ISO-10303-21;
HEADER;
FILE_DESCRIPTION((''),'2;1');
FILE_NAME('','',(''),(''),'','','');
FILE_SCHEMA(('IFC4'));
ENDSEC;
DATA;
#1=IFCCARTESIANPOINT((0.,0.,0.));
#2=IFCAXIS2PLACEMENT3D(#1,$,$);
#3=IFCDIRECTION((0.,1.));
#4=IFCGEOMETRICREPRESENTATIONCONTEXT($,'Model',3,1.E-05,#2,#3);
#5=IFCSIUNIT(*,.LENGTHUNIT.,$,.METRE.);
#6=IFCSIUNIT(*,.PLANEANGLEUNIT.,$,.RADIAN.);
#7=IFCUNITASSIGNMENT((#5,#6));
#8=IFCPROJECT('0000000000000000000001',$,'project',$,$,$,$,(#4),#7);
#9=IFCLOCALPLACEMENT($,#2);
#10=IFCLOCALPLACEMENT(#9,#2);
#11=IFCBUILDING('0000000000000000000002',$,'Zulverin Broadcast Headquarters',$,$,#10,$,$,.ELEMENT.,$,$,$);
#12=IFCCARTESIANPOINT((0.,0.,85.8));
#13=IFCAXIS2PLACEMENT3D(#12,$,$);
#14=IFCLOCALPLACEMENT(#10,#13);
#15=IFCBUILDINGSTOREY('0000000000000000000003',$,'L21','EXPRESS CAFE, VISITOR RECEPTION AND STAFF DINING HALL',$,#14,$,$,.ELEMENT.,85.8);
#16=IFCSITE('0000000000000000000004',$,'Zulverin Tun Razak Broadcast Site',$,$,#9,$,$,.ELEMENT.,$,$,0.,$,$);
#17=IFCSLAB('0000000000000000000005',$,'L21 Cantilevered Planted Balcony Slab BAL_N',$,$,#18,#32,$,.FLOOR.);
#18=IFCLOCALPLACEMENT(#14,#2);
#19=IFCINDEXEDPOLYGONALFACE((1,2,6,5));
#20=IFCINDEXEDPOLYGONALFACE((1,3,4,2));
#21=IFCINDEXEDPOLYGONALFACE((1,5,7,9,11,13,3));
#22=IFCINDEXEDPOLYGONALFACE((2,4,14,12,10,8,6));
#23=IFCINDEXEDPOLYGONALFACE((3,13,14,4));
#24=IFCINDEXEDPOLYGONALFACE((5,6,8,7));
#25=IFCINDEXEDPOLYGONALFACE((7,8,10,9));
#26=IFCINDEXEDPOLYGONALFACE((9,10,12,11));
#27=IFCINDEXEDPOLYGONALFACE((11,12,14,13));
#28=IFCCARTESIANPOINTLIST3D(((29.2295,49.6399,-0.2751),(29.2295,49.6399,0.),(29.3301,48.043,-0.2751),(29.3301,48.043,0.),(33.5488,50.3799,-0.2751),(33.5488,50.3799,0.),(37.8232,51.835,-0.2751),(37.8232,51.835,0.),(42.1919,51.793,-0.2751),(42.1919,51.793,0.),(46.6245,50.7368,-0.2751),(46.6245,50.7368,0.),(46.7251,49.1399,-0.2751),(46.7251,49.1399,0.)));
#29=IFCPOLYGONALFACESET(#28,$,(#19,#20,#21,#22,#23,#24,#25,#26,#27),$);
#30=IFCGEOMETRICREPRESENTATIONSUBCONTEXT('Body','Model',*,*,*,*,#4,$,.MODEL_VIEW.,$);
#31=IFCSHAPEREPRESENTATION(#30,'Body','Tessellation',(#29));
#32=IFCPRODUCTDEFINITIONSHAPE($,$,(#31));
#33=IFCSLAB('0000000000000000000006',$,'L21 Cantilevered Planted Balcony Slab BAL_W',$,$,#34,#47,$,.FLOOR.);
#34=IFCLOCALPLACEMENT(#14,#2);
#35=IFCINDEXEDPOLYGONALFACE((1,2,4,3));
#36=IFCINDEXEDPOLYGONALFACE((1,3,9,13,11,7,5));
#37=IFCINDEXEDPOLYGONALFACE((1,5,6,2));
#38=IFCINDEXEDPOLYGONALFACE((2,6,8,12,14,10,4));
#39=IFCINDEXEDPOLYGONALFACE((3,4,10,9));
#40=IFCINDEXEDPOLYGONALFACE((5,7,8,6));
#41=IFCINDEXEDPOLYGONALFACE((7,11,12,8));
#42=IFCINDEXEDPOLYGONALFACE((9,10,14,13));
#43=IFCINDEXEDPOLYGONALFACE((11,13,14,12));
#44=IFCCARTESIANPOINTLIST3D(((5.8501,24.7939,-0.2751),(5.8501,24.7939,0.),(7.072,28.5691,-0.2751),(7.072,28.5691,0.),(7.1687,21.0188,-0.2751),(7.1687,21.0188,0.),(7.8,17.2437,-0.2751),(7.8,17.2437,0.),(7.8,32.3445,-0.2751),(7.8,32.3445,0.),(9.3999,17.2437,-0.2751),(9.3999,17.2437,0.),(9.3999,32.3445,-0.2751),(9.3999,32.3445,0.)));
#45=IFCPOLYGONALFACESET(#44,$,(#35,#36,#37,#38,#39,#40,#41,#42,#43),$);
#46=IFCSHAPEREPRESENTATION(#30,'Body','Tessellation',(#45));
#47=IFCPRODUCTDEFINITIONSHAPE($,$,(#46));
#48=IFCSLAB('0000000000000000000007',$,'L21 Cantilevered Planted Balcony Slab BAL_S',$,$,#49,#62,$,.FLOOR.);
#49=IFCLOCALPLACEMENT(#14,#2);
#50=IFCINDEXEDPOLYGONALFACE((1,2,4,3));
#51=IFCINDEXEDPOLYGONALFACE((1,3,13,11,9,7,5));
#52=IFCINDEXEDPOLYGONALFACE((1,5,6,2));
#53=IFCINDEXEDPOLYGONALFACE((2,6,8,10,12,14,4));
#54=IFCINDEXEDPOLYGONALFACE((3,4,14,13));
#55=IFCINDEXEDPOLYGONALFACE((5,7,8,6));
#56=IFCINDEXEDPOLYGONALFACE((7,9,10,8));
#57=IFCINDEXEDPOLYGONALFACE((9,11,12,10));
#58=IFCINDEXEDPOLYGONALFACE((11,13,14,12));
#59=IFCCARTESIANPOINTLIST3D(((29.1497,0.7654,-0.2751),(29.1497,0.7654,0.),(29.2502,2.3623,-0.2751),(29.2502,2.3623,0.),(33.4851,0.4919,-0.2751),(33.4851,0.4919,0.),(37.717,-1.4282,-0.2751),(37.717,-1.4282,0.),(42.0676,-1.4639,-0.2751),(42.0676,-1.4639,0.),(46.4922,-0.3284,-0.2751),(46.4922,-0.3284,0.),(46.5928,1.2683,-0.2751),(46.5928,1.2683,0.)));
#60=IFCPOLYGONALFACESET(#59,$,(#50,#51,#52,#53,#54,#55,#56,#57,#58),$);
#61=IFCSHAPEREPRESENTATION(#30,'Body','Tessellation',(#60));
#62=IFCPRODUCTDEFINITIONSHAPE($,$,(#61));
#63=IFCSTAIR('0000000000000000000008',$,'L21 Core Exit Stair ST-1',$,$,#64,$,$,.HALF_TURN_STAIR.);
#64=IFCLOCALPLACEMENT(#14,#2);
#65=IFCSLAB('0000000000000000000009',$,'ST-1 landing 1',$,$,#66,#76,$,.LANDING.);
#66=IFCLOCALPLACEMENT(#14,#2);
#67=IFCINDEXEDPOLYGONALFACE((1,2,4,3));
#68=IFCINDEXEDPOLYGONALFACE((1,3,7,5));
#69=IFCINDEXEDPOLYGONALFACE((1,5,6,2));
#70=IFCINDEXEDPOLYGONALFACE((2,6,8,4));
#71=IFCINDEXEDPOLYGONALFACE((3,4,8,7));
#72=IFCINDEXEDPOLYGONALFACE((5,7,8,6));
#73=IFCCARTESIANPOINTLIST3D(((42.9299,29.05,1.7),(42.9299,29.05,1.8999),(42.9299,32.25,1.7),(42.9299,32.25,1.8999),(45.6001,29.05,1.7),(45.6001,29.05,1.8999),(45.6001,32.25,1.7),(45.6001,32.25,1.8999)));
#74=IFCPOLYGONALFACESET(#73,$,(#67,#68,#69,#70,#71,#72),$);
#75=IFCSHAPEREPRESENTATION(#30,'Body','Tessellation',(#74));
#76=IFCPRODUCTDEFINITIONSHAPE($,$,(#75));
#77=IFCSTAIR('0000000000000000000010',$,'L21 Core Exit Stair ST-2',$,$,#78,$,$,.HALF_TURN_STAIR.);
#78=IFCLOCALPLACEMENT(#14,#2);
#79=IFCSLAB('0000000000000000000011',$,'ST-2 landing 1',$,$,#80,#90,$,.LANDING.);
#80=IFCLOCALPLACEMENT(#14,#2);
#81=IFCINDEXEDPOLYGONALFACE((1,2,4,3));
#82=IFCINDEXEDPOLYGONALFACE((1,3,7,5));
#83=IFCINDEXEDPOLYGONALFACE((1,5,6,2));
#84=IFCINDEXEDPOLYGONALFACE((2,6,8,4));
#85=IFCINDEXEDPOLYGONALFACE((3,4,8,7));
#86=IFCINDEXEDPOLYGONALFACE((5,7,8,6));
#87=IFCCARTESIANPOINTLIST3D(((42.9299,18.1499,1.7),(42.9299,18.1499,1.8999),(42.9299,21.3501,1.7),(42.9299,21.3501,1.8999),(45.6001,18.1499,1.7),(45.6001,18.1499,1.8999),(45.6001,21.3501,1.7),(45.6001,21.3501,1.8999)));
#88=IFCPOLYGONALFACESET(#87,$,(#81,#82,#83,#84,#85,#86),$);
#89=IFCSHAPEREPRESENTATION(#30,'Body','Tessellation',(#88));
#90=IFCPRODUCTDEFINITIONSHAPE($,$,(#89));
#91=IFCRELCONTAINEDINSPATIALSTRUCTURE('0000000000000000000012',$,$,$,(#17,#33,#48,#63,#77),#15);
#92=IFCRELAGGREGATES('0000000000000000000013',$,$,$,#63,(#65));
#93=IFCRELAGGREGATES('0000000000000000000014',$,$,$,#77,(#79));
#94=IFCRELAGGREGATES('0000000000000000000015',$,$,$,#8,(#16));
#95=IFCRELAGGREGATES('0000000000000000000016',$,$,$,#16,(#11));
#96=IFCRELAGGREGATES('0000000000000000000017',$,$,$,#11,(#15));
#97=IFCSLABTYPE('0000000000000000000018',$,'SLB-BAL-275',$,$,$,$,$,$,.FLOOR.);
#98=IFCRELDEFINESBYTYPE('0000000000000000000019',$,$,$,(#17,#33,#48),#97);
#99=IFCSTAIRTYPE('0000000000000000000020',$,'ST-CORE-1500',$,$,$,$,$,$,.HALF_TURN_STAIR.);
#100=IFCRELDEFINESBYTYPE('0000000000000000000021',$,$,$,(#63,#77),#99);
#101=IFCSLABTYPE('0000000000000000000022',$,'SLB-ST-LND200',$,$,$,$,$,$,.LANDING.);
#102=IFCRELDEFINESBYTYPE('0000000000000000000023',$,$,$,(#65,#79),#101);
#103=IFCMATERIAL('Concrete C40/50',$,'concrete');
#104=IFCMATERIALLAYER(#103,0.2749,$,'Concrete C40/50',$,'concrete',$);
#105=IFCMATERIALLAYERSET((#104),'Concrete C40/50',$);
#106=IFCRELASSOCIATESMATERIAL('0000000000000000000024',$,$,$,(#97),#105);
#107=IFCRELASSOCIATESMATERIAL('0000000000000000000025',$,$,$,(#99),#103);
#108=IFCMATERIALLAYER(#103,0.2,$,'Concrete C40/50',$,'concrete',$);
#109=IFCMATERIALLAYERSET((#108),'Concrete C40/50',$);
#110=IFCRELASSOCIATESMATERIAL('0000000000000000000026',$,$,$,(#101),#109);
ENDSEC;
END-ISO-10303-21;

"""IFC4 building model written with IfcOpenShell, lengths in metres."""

from ifc_helpers import new_model, si_unit, direction, frame, origin, place, context, subcontext, project, spatial, polyline, outline, extrude, material, layer, layer_set, type_object, element, aggregate, save


model = new_model("IFC4")

# Units and contexts
model_context = context("Model", 3, precision=1e-05, world=origin(), true_north=direction((0.0, 1.0)))
body_context = subcontext(model_context, "Body", "Model", "MODEL_VIEW")
ifc_project = project(units=[si_unit("LENGTHUNIT", "METRE"), si_unit("PLANEANGLEUNIT", "RADIAN")], contexts=[model_context])

# Site, building, storey
site_placement = place(None, origin())
site = spatial("IfcSite", under=ifc_project, at=site_placement, Name="Zulverin Tun Razak Broadcast Site", CompositionType="ELEMENT", RefElevation=0.0)
building_placement = place(site_placement, origin())
building = spatial("IfcBuilding", under=site, at=building_placement, Name="Zulverin Broadcast Headquarters", CompositionType="ELEMENT")
storey_placement = place(building_placement, frame((0.0, 0.0, 85.8)))
storey = spatial("IfcBuildingStorey", under=building, at=storey_placement, Name="L21", Description="EXPRESS CAFE, VISITOR RECEPTION AND STAFF DINING HALL", CompositionType="ELEMENT", Elevation=85.8)

# Slabs
ifc_material_1 = material(Name="Concrete C40/50", Category="concrete")
ifc_layer_1 = layer(ifc_material_1, 0.2749, Name="Concrete C40/50", Category="concrete")
ifc_layer_set_1 = layer_set([ifc_layer_1], Name="Concrete C40/50")
slab_type_1 = type_object("IfcSlabType", Name="SLB-BAL-275", PredefinedType="FLOOR", material=ifc_layer_set_1)
slab_1_placement = place(storey_placement, frame((0.0, 0.0, -0.2751)))
element("IfcSlab", 1, at=slab_1_placement, inside=storey, type_object=slab_type_1, Name="L21 Cantilevered Planted Balcony Slab BAL_N", PredefinedType="FLOOR", context=body_context, shape_type="SweptSolid", body=[
    extrude(outline(polyline([(29.3301, 48.043), (46.7251, 49.1399), (46.6245, 50.7368), (42.1919, 51.793), (37.8232, 51.835), (33.5488, 50.3799), (29.2295, 49.6399), (29.3301, 48.043)])), origin(), (0.0, 0.0, 1.0), 0.2751),
])
slab_2_placement = place(storey_placement, frame((0.0, 0.0, -0.2751)))
element("IfcSlab", 2, at=slab_2_placement, inside=storey, type_object=slab_type_1, Name="L21 Cantilevered Planted Balcony Slab BAL_W", PredefinedType="FLOOR", context=body_context, shape_type="SweptSolid", body=[
    extrude(outline(polyline([(9.3999, 17.2437), (9.3999, 32.3445), (7.8, 32.3445), (7.072, 28.5691), (5.8501, 24.7939), (7.1687, 21.0188), (7.8, 17.2437), (9.3999, 17.2437)])), origin(), (0.0, 0.0, 1.0), 0.2751),
])
slab_3_placement = place(storey_placement, frame((0.0, 0.0, -0.2751)))
element("IfcSlab", 3, at=slab_3_placement, inside=storey, type_object=slab_type_1, Name="L21 Cantilevered Planted Balcony Slab BAL_S", PredefinedType="FLOOR", context=body_context, shape_type="SweptSolid", body=[
    extrude(outline(polyline([(46.5928, 1.2683), (29.2502, 2.3623), (29.1497, 0.7654), (33.4851, 0.4919), (37.717, -1.4282), (42.0676, -1.4639), (46.4922, -0.3284), (46.5928, 1.2683)])), origin(), (0.0, 0.0, 1.0), 0.2751),
])

# Stairs, slabs
stair_type = type_object("IfcStairType", Name="ST-CORE-1500", PredefinedType="HALF_TURN_STAIR", material=ifc_material_1)
stair_1_placement = place(storey_placement, origin())
stair_1 = element("IfcStair", 4, at=stair_1_placement, inside=storey, type_object=stair_type, Name="L21 Core Exit Stair ST-1", PredefinedType="HALF_TURN_STAIR")
ifc_layer_2 = layer(ifc_material_1, 0.2, Name="Concrete C40/50", Category="concrete")
ifc_layer_set_2 = layer_set([ifc_layer_2], Name="Concrete C40/50")
slab_type_2 = type_object("IfcSlabType", Name="SLB-ST-LND200", PredefinedType="LANDING", material=ifc_layer_set_2)
slab_4_placement = place(storey_placement, frame((0.0, 0.0, 1.7)))
slab_4 = element("IfcSlab", 5, at=slab_4_placement, type_object=slab_type_2, Name="ST-1 landing 1", PredefinedType="LANDING", context=body_context, shape_type="SweptSolid", body=[
    extrude(outline(polyline([(42.9299, 29.05), (45.6001, 29.05), (45.6001, 32.25), (42.9299, 32.25), (42.9299, 29.05)])), origin(), (0.0, 0.0, 1.0), 0.2),
])
aggregate(stair_1, [slab_4])
stair_2_placement = place(storey_placement, origin())
stair_2 = element("IfcStair", 6, at=stair_2_placement, inside=storey, type_object=stair_type, Name="L21 Core Exit Stair ST-2", PredefinedType="HALF_TURN_STAIR")
slab_5_placement = place(storey_placement, frame((0.0, 0.0, 1.7)))
slab_5 = element("IfcSlab", 7, at=slab_5_placement, type_object=slab_type_2, Name="ST-2 landing 1", PredefinedType="LANDING", context=body_context, shape_type="SweptSolid", body=[
    extrude(outline(polyline([(42.9299, 18.1499), (45.6001, 18.1499), (45.6001, 21.3501), (42.9299, 21.3501), (42.9299, 18.1499)])), origin(), (0.0, 0.0, 1.0), 0.2),
])
aggregate(stair_2, [slab_5])

save(model, "model.ifc")
